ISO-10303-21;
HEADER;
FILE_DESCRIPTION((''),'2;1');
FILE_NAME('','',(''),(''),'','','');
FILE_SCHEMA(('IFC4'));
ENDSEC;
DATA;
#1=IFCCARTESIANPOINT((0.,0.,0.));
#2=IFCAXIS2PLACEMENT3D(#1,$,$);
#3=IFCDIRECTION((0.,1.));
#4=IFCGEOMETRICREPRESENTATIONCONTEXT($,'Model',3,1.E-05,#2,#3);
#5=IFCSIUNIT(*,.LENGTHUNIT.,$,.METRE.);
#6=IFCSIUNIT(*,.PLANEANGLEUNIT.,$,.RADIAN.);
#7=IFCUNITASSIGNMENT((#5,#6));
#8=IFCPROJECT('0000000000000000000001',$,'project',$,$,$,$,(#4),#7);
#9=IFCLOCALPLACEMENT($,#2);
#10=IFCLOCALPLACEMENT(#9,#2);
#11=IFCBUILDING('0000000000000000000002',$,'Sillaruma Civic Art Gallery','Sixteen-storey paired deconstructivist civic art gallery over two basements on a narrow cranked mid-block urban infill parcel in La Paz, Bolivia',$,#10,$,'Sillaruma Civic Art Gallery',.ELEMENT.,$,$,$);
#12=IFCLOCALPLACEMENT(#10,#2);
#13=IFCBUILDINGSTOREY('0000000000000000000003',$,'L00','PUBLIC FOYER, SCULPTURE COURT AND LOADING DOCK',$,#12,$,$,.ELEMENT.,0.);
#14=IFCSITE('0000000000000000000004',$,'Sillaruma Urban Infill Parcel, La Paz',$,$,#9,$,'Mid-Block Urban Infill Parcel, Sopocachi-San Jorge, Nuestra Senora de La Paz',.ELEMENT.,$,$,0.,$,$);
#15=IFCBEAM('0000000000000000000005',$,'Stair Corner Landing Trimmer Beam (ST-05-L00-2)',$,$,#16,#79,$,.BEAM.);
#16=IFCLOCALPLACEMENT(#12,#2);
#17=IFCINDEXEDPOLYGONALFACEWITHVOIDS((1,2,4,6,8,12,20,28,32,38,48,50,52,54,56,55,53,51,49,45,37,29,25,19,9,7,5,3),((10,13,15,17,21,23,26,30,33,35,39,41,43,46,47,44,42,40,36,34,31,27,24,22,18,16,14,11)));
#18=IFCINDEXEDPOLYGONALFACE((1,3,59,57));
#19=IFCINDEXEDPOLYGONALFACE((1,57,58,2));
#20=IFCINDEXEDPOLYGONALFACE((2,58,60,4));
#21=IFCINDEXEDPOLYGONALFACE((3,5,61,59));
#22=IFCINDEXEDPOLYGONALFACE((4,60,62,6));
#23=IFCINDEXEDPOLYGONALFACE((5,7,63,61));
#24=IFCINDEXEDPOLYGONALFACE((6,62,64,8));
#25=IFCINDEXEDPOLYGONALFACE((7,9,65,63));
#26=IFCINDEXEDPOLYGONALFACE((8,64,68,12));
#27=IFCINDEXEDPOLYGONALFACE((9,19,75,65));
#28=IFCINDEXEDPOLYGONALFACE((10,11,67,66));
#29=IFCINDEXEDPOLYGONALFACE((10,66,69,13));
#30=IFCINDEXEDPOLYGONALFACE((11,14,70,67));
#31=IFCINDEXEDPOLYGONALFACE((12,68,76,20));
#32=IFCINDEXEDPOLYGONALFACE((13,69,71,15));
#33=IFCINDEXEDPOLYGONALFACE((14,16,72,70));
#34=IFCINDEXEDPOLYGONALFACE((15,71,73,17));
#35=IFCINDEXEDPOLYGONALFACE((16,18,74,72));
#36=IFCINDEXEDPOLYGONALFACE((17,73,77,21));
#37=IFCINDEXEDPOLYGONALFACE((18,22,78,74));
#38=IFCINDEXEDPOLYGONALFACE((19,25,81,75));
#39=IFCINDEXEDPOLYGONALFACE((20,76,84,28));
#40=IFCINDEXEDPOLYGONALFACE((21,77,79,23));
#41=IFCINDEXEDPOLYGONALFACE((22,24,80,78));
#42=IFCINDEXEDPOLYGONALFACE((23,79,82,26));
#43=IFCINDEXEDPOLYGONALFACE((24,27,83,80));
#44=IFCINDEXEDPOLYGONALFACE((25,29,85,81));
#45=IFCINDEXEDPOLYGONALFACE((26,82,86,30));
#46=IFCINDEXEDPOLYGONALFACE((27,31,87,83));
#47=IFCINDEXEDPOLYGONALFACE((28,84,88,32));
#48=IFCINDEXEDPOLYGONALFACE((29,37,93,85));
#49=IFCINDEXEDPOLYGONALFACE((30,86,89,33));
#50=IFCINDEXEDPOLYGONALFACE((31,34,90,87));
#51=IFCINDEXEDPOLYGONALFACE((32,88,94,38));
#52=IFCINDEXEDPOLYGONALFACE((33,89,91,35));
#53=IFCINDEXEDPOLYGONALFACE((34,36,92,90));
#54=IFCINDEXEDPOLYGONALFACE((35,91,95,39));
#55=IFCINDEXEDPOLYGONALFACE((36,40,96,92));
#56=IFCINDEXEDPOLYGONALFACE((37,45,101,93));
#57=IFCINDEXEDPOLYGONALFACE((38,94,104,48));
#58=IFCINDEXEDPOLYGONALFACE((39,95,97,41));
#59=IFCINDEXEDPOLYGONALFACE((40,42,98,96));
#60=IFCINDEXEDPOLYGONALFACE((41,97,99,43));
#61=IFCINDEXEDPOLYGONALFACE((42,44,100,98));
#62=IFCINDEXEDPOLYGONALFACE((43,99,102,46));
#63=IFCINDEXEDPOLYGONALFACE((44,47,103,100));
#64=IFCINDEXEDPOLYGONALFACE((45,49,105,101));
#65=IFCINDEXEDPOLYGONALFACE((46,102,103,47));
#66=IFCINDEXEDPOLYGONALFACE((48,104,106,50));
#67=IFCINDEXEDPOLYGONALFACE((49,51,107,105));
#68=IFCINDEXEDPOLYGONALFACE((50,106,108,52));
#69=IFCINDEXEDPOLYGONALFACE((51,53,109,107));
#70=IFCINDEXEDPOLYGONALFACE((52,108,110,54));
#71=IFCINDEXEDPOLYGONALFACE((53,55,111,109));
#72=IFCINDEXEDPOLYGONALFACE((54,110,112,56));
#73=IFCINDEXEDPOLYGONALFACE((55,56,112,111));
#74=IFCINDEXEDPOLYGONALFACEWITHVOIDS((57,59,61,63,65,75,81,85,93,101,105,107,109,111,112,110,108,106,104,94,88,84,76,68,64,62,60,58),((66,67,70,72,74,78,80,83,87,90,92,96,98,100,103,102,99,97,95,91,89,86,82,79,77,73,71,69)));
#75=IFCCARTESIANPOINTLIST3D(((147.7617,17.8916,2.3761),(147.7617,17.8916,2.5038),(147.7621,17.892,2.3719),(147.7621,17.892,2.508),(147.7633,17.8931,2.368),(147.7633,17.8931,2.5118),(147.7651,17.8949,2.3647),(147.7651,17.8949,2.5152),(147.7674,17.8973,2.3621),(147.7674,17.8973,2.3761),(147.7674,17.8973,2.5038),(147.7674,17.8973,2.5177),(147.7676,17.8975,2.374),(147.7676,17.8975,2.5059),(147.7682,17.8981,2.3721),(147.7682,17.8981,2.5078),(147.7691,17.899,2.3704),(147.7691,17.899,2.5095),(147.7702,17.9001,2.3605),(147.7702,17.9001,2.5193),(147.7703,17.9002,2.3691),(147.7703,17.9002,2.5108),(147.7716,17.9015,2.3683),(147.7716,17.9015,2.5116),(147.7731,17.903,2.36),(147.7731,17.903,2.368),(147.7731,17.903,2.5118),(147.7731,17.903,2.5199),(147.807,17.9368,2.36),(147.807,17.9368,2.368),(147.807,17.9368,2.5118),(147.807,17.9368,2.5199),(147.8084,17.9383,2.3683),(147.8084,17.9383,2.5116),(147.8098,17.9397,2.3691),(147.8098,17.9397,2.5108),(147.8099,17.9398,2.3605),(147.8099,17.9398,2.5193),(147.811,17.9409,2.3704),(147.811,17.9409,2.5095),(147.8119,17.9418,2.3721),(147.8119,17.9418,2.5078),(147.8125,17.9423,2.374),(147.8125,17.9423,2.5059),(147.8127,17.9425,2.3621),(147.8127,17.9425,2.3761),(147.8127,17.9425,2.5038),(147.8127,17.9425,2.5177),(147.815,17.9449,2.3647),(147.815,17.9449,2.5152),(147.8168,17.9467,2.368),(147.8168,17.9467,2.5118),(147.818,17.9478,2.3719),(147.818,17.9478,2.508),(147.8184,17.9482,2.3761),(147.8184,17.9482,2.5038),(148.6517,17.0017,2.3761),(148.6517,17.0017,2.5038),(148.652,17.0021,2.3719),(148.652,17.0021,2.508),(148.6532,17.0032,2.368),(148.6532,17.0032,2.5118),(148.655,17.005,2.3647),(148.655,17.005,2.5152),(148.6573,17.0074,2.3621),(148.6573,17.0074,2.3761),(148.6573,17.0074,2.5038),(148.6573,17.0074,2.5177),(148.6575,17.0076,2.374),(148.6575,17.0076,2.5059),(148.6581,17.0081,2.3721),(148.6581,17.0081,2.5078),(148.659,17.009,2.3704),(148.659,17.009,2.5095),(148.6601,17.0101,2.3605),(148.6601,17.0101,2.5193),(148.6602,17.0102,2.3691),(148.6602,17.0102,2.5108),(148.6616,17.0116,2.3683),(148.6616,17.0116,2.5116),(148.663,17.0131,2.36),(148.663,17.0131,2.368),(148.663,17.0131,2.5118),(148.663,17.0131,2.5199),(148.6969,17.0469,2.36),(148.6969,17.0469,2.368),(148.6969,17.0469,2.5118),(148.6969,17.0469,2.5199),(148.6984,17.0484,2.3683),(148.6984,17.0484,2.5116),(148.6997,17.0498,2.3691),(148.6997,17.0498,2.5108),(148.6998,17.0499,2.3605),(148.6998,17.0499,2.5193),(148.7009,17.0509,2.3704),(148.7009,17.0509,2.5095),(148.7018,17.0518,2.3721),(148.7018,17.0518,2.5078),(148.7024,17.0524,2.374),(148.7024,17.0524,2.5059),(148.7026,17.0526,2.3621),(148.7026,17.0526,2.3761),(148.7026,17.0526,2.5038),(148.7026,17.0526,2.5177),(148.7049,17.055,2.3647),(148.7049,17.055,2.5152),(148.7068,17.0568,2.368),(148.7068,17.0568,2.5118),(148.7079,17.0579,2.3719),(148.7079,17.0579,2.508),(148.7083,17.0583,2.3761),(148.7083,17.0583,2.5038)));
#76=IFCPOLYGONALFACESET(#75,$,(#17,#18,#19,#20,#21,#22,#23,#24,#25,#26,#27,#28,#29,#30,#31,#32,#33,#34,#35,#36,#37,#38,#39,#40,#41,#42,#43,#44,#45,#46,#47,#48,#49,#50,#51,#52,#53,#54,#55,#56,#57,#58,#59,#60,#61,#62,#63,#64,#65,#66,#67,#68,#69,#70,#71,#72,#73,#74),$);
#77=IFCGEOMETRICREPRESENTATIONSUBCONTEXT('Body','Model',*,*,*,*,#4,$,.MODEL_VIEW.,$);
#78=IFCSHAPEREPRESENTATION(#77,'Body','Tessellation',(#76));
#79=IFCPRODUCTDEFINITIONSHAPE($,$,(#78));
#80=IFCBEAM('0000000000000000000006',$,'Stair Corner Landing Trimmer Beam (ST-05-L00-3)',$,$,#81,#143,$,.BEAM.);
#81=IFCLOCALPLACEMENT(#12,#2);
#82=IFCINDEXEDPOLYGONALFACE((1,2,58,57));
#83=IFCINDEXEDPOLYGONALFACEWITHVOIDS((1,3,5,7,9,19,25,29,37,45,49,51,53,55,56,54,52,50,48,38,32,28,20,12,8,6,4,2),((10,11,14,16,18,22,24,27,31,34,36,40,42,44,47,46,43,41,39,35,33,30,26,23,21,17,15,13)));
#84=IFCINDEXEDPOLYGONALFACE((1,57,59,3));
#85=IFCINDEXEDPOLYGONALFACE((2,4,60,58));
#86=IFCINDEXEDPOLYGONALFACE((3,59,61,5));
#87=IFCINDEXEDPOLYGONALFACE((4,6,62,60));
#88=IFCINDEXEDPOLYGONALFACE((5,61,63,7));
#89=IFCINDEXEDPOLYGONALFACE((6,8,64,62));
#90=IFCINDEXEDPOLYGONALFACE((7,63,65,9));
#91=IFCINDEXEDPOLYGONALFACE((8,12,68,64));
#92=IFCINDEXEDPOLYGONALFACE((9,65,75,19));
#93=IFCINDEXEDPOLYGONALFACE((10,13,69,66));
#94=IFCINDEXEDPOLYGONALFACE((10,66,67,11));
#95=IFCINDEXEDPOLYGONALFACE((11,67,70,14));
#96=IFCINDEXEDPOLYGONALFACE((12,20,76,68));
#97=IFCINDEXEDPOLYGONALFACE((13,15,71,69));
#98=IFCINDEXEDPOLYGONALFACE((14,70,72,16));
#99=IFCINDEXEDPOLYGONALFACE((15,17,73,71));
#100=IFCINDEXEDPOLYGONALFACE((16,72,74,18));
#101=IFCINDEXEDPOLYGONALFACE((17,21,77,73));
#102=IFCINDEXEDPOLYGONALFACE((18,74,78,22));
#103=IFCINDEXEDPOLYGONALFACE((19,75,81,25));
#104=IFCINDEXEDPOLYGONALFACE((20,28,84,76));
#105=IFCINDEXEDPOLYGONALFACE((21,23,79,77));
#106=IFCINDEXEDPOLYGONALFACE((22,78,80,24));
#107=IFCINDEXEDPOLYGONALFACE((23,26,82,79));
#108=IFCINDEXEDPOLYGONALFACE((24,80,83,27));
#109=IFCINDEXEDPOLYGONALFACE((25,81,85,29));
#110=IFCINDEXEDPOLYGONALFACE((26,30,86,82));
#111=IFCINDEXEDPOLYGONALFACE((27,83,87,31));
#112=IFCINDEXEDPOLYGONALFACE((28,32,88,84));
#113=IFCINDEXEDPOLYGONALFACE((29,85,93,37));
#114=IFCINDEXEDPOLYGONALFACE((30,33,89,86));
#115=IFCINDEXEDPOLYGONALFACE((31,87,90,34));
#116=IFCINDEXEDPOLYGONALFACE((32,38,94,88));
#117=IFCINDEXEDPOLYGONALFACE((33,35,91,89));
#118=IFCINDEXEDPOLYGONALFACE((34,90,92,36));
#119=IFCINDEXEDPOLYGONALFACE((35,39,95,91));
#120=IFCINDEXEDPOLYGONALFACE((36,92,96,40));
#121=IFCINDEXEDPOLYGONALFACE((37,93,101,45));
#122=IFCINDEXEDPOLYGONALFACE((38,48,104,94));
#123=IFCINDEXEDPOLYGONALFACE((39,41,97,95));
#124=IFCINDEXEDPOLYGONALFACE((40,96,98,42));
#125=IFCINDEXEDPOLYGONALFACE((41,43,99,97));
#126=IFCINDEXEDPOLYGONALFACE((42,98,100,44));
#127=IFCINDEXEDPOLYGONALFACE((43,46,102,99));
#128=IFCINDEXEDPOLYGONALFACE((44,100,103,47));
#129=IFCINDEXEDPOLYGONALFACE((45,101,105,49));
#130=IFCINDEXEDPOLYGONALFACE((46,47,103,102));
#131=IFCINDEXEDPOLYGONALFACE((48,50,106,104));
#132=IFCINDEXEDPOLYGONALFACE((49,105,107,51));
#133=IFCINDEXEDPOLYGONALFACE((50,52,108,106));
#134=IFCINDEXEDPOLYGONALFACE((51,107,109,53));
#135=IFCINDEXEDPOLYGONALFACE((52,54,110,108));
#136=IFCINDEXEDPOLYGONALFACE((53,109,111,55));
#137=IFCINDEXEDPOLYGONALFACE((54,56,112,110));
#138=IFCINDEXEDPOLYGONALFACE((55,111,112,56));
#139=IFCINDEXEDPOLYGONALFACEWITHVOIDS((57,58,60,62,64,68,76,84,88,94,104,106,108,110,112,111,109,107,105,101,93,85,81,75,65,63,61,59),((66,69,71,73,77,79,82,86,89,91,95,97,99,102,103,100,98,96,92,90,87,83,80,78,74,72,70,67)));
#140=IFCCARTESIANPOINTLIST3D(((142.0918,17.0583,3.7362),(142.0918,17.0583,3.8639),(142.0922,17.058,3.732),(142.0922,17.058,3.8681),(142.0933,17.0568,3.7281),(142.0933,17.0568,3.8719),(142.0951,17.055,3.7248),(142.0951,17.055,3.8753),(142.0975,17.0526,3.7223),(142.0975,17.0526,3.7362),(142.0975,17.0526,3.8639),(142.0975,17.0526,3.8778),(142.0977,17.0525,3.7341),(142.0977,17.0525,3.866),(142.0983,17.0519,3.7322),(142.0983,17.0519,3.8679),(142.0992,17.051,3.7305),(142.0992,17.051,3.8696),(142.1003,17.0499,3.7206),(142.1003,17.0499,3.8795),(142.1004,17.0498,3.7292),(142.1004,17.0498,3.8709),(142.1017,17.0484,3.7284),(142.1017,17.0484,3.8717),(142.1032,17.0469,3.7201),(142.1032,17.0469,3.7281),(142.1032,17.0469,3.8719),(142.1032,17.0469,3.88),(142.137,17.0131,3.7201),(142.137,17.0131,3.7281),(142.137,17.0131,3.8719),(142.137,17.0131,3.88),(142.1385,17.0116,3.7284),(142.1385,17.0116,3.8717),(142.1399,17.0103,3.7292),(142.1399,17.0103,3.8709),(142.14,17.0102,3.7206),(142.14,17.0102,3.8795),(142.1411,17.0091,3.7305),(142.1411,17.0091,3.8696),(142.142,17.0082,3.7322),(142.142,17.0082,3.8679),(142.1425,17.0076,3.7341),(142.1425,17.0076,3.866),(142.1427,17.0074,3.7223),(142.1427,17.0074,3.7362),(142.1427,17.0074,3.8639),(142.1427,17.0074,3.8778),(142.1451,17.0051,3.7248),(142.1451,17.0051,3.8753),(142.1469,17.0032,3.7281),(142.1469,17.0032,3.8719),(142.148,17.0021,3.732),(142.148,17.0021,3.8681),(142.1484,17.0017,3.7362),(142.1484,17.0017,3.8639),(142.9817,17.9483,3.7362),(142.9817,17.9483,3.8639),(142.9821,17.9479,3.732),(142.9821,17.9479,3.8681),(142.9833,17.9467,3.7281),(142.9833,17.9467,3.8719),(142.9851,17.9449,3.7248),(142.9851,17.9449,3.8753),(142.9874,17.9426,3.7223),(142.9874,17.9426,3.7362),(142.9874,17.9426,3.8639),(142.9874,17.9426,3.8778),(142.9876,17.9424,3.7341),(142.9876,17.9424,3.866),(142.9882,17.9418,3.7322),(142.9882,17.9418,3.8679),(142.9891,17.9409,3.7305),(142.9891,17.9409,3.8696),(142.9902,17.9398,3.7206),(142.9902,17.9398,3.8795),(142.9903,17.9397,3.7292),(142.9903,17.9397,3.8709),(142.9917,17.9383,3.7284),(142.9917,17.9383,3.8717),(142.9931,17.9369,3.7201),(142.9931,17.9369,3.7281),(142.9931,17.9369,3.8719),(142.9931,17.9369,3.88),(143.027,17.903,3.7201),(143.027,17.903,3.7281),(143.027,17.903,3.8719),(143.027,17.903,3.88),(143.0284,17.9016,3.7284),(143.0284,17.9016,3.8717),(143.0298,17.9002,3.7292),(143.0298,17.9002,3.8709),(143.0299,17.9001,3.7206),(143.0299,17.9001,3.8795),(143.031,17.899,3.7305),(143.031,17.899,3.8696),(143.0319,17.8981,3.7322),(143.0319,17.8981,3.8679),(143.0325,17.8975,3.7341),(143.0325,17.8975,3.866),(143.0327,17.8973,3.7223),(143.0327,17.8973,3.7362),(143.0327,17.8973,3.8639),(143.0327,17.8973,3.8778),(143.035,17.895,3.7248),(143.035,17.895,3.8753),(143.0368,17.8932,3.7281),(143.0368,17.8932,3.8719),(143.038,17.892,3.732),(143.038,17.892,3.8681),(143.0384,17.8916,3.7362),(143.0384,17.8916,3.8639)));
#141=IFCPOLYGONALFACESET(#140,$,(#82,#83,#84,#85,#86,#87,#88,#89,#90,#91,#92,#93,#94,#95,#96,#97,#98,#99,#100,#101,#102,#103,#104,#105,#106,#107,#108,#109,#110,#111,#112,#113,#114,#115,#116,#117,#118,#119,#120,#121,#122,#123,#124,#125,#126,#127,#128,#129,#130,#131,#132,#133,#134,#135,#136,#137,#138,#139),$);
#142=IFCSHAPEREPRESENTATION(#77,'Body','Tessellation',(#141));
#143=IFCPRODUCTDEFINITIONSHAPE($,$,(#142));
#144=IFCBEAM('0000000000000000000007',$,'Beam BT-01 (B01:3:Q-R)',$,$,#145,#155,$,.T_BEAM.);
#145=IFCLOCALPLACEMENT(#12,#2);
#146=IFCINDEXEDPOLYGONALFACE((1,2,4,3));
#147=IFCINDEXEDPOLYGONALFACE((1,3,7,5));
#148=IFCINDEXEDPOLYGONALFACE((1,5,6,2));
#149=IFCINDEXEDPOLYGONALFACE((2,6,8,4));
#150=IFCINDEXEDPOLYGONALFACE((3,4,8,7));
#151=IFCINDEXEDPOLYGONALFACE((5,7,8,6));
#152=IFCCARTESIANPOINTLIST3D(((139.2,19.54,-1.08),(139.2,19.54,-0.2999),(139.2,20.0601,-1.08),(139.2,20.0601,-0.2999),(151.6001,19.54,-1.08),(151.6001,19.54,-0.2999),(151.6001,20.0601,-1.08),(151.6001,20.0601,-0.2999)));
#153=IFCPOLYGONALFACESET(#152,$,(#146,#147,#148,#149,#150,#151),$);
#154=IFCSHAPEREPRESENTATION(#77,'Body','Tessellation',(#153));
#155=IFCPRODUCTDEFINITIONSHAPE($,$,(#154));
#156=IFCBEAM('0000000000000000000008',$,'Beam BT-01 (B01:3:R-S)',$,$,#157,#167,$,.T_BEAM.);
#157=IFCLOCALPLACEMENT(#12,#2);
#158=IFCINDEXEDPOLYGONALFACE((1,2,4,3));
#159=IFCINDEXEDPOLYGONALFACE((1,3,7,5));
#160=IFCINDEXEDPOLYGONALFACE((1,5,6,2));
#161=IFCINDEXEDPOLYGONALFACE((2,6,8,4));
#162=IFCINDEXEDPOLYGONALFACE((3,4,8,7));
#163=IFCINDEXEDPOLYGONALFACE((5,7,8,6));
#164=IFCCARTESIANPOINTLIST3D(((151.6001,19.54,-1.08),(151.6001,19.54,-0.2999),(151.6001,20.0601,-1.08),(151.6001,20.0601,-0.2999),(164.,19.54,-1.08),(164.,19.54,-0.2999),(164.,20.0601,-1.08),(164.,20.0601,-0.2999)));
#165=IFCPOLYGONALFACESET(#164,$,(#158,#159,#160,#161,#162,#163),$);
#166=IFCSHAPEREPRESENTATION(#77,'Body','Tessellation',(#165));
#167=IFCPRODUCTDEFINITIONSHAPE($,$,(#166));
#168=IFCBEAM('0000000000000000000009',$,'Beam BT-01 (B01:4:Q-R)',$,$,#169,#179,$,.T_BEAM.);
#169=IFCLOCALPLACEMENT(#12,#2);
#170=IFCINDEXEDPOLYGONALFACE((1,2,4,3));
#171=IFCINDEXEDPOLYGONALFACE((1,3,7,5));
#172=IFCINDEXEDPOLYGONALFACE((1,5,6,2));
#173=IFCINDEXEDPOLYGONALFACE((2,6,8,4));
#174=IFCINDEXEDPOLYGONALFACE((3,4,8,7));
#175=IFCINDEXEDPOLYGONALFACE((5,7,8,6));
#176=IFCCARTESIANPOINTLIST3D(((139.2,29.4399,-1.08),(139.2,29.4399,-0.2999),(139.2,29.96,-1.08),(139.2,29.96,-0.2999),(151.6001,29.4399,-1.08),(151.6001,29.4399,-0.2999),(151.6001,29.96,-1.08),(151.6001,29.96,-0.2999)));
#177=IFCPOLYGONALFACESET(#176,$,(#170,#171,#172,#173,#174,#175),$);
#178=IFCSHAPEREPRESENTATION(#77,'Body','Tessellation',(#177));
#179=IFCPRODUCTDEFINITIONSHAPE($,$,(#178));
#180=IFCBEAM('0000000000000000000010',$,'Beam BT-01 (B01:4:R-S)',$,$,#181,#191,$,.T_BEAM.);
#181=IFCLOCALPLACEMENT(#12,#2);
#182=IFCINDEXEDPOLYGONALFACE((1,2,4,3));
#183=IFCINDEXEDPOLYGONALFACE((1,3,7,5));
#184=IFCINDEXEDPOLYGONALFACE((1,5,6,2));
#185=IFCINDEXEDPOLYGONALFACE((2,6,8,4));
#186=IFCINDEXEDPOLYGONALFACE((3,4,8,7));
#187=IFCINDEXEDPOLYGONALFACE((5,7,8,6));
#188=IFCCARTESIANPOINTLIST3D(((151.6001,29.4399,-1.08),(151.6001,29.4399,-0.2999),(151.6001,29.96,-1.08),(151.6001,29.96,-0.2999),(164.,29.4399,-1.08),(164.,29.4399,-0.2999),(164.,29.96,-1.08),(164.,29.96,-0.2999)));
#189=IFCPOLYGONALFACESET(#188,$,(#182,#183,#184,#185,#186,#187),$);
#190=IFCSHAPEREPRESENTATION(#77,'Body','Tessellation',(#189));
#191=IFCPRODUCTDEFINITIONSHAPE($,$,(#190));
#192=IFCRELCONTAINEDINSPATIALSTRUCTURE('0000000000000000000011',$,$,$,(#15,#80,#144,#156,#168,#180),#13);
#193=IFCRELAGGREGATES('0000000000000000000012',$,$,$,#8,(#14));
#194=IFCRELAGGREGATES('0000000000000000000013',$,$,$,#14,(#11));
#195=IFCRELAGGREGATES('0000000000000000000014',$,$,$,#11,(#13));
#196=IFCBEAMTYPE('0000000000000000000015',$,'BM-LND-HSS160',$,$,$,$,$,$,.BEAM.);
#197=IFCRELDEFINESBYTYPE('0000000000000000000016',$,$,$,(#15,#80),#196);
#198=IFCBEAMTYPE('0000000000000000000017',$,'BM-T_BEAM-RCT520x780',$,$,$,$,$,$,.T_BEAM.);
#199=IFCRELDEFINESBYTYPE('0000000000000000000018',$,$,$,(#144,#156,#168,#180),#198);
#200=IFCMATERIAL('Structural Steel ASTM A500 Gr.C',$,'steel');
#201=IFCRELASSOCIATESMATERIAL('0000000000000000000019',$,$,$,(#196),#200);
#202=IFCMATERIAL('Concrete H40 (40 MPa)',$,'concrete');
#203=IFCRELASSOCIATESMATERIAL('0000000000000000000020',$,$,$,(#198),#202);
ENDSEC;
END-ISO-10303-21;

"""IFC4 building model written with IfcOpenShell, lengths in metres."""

from ifc_helpers import new_model, si_unit, direction, frame, origin, origin_2d, place, context, subcontext, project, spatial, rectangle, hollow_rectangle, extrude, material, material_profile, profile_set, type_object, element, save


model = new_model("IFC4")

# Units and contexts
model_context = context("Model", 3, precision=1e-05, world=origin(), true_north=direction((0.0, 1.0)))
body_context = subcontext(model_context, "Body", "Model", "MODEL_VIEW")
ifc_project = project(units=[si_unit("LENGTHUNIT", "METRE"), si_unit("PLANEANGLEUNIT", "RADIAN")], contexts=[model_context])

# Site, building, storey
site_placement = place(None, origin())
site = spatial("IfcSite", under=ifc_project, at=site_placement, Name="Sillaruma Urban Infill Parcel, La Paz", LongName="Mid-Block Urban Infill Parcel, Sopocachi-San Jorge, Nuestra Senora de La Paz", CompositionType="ELEMENT", RefElevation=0.0)
building_placement = place(site_placement, origin())
building = spatial("IfcBuilding", under=site, at=building_placement, Name="Sillaruma Civic Art Gallery", Description="Sixteen-storey paired deconstructivist civic art gallery over two basements on a narrow cranked mid-block urban infill parcel in La Paz, Bolivia", LongName="Sillaruma Civic Art Gallery", CompositionType="ELEMENT")
storey_placement = place(building_placement, origin())
storey = spatial("IfcBuildingStorey", under=building, at=storey_placement, Name="L00", Description="PUBLIC FOYER, SCULPTURE COURT AND LOADING DOCK", CompositionType="ELEMENT", Elevation=0.0)

# Shared definitions
ifc_material_1 = material(Name="Concrete H40 (40 MPa)", Category="concrete")

# Beams
ifc_material_2 = material(Name="Structural Steel ASTM A500 Gr.C", Category="steel")
ifc_material_profile_1 = material_profile(ifc_material_2, hollow_rectangle(XDim=0.0801, YDim=0.1599, WallThickness=0.0081, InnerFilletRadius=0.0081, OuterFilletRadius=0.0161, at=origin_2d()), Name="HSS160x80x8")
ifc_profile_set_1 = profile_set([ifc_material_profile_1], Name="Structural Steel ASTM A500 Gr.C")
beam_type_1 = type_object("IfcBeamType", Name="BM-LND-HSS160", PredefinedType="BEAM", material=ifc_profile_set_1)
for number, where, z_axis, x_axis, name in (
    (1, (147.79, 17.9199, 2.4399), (0.707107, -0.707107, 0.0), (0.707107, 0.707107, 0.0), "Stair Corner Landing Trimmer Beam (ST-05-L00-2)"),
    (2, (142.1201, 17.03, 3.8), (0.707107, 0.707107, 0.0), (-0.707107, 0.707107, 0.0), "Stair Corner Landing Trimmer Beam (ST-05-L00-3)"),
):
    element("IfcBeam", number, at=place(storey_placement, frame(where, z_axis=z_axis, x_axis=x_axis)), inside=storey, type_object=beam_type_1, Name=name, PredefinedType="BEAM", context=body_context, shape_type="SweptSolid", body=[
        extrude(hollow_rectangle(XDim=0.0801, YDim=0.1599, WallThickness=0.0081, InnerFilletRadius=0.0081, OuterFilletRadius=0.0161, at=origin_2d()), origin(), (0.0, 0.0, 1.0), 1.2585),
    ])
ifc_material_profile_2 = material_profile(ifc_material_1, rectangle(XDim=0.52, YDim=0.78, at=origin_2d()), Name="RCT520x780")
ifc_profile_set_2 = profile_set([ifc_material_profile_2], Name="Concrete H40 (40 MPa)")
beam_type_2 = type_object("IfcBeamType", Name="BM-T_BEAM-RCT520x780", PredefinedType="T_BEAM", material=ifc_profile_set_2)
beam_1_placement = place(storey_placement, frame((139.2, 19.8, -0.6899), z_axis=(1.0, 0.0, 0.0), x_axis=(0.0, 1.0, 0.0)))
element("IfcBeam", 3, at=beam_1_placement, inside=storey, type_object=beam_type_2, Name="Beam BT-01 (B01:3:Q-R)", PredefinedType="T_BEAM", context=body_context, shape_type="SweptSolid", body=[
    extrude(rectangle(XDim=0.52, YDim=0.78, at=origin_2d()), origin(), (0.0, 0.0, 1.0), 12.4001),
])
beam_2_placement = place(storey_placement, frame((151.6001, 19.8, -0.6899), z_axis=(1.0, 0.0, 0.0), x_axis=(0.0, 1.0, 0.0)))
element("IfcBeam", 4, at=beam_2_placement, inside=storey, type_object=beam_type_2, Name="Beam BT-01 (B01:3:R-S)", PredefinedType="T_BEAM", context=body_context, shape_type="SweptSolid", body=[
    extrude(rectangle(XDim=0.52, YDim=0.78, at=origin_2d()), origin(), (0.0, 0.0, 1.0), 12.3999),
])
beam_3_placement = place(storey_placement, frame((139.2, 29.7, -0.6899), z_axis=(1.0, 0.0, 0.0), x_axis=(0.0, 1.0, 0.0)))
element("IfcBeam", 5, at=beam_3_placement, inside=storey, type_object=beam_type_2, Name="Beam BT-01 (B01:4:Q-R)", PredefinedType="T_BEAM", context=body_context, shape_type="SweptSolid", body=[
    extrude(rectangle(XDim=0.52, YDim=0.78, at=origin_2d()), origin(), (0.0, 0.0, 1.0), 12.4001),
])
beam_4_placement = place(storey_placement, frame((151.6001, 29.7, -0.6899), z_axis=(1.0, 0.0, 0.0), x_axis=(0.0, 1.0, 0.0)))
element("IfcBeam", 6, at=beam_4_placement, inside=storey, type_object=beam_type_2, Name="Beam BT-01 (B01:4:R-S)", PredefinedType="T_BEAM", context=body_context, shape_type="SweptSolid", body=[
    extrude(rectangle(XDim=0.52, YDim=0.78, at=origin_2d()), origin(), (0.0, 0.0, 1.0), 12.3999),
])

save(model, "model.ifc")
